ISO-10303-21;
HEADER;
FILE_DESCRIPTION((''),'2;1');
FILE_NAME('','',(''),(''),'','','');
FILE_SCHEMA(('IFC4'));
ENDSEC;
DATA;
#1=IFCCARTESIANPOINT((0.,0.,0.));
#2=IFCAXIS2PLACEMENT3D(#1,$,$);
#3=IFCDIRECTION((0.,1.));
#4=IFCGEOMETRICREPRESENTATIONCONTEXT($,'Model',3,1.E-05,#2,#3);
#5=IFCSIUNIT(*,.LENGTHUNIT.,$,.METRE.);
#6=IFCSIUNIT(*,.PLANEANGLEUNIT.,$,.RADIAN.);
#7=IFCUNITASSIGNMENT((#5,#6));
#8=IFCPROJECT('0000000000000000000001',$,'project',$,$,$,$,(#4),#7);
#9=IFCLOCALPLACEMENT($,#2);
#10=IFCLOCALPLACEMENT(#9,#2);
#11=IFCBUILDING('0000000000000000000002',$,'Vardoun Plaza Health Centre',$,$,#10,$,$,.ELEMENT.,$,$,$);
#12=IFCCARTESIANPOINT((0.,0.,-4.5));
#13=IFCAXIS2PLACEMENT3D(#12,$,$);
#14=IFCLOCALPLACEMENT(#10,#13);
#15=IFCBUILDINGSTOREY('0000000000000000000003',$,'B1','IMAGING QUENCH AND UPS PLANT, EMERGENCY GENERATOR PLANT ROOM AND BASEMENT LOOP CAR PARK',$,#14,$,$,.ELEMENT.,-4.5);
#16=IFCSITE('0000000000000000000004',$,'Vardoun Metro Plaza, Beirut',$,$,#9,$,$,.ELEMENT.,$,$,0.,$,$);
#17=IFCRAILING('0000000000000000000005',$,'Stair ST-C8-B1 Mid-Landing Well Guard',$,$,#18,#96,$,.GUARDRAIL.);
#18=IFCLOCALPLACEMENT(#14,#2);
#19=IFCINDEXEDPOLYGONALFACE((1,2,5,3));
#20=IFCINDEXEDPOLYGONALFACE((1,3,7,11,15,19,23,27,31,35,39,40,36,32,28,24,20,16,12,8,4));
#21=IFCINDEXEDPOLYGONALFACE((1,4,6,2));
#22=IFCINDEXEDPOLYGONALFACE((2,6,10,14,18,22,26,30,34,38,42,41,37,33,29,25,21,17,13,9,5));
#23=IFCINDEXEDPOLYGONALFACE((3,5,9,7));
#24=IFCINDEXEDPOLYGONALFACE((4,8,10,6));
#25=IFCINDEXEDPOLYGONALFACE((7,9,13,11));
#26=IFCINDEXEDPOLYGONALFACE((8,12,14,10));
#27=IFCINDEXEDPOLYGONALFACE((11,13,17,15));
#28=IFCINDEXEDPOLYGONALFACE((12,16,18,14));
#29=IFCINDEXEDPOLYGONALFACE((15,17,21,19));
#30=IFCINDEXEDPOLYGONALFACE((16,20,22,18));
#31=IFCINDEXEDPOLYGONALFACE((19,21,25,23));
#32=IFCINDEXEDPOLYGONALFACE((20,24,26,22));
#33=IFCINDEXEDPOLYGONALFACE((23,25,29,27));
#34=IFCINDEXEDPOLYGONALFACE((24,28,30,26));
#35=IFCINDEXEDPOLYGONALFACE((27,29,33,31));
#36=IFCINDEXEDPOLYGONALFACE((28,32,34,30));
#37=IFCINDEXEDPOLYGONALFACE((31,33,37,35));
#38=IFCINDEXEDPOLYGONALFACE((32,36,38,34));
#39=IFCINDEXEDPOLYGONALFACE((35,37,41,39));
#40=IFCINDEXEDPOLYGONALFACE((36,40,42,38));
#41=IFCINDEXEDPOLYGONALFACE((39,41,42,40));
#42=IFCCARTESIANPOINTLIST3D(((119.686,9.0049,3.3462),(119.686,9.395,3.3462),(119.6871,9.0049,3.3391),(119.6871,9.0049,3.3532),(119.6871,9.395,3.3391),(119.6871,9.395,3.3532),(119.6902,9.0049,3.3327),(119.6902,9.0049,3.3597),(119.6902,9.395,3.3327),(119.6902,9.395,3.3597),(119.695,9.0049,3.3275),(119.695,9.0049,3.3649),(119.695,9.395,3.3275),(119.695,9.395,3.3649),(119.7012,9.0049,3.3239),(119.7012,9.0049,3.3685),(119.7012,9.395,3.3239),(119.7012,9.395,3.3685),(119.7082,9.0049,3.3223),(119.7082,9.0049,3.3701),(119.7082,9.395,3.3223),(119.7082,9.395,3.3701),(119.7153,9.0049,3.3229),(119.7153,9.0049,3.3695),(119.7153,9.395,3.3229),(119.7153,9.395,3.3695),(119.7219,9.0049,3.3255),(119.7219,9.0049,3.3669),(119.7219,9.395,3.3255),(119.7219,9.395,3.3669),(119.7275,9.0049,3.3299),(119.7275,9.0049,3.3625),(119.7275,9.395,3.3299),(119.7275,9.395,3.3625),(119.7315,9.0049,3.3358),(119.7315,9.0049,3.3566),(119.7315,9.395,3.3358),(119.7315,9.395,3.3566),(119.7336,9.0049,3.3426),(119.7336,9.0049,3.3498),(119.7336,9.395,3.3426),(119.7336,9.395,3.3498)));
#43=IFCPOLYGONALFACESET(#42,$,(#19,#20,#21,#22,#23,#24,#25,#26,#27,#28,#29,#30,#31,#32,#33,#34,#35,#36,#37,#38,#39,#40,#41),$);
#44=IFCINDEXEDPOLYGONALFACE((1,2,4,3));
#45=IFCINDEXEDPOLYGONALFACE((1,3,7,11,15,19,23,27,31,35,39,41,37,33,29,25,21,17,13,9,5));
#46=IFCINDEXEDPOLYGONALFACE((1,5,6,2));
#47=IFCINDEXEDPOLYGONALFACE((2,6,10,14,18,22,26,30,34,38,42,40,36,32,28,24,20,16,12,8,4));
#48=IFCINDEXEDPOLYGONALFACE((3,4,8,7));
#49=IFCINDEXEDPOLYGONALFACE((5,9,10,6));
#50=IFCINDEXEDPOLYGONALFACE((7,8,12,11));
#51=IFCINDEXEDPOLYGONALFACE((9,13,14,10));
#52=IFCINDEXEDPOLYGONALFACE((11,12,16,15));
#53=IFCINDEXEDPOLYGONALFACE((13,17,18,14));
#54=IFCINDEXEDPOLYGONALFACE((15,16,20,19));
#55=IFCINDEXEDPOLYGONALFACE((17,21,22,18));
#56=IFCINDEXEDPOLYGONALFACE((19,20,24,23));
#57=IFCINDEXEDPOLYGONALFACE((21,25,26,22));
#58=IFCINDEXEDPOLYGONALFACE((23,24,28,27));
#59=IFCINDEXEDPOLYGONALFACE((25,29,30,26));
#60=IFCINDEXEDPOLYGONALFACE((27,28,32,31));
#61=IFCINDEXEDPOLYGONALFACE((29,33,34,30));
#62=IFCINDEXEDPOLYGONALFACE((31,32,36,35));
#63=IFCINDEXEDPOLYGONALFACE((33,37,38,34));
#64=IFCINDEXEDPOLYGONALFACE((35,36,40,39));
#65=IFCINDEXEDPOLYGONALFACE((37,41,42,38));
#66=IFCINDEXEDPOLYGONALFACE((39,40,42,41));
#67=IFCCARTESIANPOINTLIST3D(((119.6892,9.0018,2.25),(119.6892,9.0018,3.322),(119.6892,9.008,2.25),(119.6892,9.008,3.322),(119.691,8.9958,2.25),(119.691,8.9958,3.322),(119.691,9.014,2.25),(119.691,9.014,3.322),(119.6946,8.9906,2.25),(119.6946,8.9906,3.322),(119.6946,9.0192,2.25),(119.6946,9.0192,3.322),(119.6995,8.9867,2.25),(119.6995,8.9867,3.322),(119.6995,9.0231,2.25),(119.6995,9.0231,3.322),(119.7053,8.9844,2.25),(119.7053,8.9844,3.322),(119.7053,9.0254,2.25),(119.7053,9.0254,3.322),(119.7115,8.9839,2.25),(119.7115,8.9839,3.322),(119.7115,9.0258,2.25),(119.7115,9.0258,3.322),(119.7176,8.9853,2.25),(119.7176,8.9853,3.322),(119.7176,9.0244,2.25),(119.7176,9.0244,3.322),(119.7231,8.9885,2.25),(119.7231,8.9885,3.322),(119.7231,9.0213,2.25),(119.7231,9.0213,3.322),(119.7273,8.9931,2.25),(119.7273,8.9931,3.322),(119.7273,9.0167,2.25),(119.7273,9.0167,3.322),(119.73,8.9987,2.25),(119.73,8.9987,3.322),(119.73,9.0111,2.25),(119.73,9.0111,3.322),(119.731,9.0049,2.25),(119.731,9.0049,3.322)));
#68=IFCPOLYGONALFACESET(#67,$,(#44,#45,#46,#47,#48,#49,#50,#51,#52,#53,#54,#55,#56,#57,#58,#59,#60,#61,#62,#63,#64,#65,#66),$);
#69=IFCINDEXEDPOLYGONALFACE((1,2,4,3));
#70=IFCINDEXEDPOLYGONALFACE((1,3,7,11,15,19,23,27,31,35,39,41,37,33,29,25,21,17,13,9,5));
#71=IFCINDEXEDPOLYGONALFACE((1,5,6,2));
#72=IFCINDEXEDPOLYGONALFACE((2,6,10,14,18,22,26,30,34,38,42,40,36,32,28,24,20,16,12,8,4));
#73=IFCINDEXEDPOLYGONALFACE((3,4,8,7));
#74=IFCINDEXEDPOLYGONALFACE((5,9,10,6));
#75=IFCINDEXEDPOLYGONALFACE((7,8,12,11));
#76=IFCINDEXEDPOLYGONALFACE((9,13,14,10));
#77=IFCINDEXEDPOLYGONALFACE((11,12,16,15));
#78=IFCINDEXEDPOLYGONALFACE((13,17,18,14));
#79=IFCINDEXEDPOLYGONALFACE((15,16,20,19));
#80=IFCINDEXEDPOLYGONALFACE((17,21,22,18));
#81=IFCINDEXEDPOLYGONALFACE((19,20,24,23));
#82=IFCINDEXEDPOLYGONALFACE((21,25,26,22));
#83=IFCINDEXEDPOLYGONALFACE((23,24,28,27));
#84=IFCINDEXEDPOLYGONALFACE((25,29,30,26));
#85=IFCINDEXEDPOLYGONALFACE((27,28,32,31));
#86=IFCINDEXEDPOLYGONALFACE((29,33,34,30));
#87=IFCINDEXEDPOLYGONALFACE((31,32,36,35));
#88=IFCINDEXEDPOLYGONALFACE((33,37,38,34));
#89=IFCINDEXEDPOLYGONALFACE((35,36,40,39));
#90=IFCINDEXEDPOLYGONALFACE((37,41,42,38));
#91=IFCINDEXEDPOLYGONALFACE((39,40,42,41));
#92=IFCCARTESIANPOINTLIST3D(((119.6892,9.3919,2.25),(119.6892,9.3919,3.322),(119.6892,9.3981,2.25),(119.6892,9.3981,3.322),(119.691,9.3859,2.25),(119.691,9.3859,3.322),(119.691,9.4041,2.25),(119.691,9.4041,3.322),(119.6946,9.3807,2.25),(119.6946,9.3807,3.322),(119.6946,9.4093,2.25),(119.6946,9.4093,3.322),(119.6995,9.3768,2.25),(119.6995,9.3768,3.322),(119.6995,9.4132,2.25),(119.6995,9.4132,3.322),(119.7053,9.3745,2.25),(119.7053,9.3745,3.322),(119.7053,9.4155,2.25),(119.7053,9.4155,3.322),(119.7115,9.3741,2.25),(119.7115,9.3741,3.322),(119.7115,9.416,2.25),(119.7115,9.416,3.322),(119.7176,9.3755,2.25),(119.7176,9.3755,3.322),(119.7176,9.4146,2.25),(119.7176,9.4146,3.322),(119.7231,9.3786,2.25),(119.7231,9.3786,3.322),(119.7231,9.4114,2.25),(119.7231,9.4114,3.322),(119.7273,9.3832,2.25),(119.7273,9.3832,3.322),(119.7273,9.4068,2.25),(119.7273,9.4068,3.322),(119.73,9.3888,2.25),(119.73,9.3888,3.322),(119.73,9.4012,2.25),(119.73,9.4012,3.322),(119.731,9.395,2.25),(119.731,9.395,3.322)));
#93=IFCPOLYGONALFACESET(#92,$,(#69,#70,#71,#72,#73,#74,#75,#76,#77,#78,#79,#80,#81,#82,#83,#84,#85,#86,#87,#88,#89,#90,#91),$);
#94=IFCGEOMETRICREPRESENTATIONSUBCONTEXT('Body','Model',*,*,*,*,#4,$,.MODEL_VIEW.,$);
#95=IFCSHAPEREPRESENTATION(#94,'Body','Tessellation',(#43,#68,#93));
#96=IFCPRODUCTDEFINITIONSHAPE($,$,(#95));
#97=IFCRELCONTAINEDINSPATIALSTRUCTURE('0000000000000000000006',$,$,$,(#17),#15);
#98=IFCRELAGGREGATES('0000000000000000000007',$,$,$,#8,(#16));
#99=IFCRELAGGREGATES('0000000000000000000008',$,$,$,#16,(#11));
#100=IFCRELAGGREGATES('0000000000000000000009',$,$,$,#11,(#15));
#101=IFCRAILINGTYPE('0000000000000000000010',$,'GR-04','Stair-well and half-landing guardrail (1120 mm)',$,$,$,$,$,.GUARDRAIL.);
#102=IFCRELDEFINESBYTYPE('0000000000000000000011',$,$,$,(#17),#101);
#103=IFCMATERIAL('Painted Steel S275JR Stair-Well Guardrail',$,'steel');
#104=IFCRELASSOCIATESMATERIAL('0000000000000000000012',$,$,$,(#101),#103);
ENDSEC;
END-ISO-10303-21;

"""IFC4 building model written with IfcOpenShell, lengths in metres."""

from ifc_helpers import new_model, si_unit, direction, frame, origin, origin_2d, place, context, subcontext, project, spatial, circle, extrude, material, type_object, element, save


model = new_model("IFC4")

# Units and contexts
model_context = context("Model", 3, precision=1e-05, world=origin(), true_north=direction((0.0, 1.0)))
body_context = subcontext(model_context, "Body", "Model", "MODEL_VIEW")
ifc_project = project(units=[si_unit("LENGTHUNIT", "METRE"), si_unit("PLANEANGLEUNIT", "RADIAN")], contexts=[model_context])

# Site, building, storey
site_placement = place(None, origin())
site = spatial("IfcSite", under=ifc_project, at=site_placement, Name="Vardoun Metro Plaza, Beirut", CompositionType="ELEMENT", RefElevation=0.0)
building_placement = place(site_placement, origin())
building = spatial("IfcBuilding", under=site, at=building_placement, Name="Vardoun Plaza Health Centre", CompositionType="ELEMENT")
storey_placement = place(building_placement, frame((0.0, 0.0, -4.5)))
storey = spatial("IfcBuildingStorey", under=building, at=storey_placement, Name="B1", Description="IMAGING QUENCH AND UPS PLANT, EMERGENCY GENERATOR PLANT ROOM AND BASEMENT LOOP CAR PARK", CompositionType="ELEMENT", Elevation=-4.5)

# Railing
ifc_material_1 = material(Name="Painted Steel S275JR Stair-Well Guardrail", Category="steel")
railing_type_1 = type_object("IfcRailingType", Name="GR-04", Description="Stair-well and half-landing guardrail (1120 mm)", PredefinedType="GUARDRAIL", material=ifc_material_1)
railing_1_placement = place(storey_placement, frame((119.71, 9.0049, 2.25)))
element("IfcRailing", 1, at=railing_1_placement, inside=storey, type_object=railing_type_1, Name="Stair ST-C8-B1 Mid-Landing Well Guard", PredefinedType="GUARDRAIL", context=body_context, shape_type="SweptSolid", body=[
    extrude(circle(Radius=0.0239, at=origin_2d()), frame((0.0, 0.0, 1.0962), z_axis=(0.0, 1.0, 0.0), x_axis=(-1.0, 0.0, 0.0)), (0.0, 0.0, 1.0), 0.3901),
    extrude(circle(Radius=0.021, at=origin_2d()), origin(), (0.0, 0.0, 1.0), 1.072),
    extrude(circle(Radius=0.021, at=origin_2d()), frame((0.0, 0.3901, 0.0)), (0.0, 0.0, 1.0), 1.072),
])

save(model, "model.ifc")
